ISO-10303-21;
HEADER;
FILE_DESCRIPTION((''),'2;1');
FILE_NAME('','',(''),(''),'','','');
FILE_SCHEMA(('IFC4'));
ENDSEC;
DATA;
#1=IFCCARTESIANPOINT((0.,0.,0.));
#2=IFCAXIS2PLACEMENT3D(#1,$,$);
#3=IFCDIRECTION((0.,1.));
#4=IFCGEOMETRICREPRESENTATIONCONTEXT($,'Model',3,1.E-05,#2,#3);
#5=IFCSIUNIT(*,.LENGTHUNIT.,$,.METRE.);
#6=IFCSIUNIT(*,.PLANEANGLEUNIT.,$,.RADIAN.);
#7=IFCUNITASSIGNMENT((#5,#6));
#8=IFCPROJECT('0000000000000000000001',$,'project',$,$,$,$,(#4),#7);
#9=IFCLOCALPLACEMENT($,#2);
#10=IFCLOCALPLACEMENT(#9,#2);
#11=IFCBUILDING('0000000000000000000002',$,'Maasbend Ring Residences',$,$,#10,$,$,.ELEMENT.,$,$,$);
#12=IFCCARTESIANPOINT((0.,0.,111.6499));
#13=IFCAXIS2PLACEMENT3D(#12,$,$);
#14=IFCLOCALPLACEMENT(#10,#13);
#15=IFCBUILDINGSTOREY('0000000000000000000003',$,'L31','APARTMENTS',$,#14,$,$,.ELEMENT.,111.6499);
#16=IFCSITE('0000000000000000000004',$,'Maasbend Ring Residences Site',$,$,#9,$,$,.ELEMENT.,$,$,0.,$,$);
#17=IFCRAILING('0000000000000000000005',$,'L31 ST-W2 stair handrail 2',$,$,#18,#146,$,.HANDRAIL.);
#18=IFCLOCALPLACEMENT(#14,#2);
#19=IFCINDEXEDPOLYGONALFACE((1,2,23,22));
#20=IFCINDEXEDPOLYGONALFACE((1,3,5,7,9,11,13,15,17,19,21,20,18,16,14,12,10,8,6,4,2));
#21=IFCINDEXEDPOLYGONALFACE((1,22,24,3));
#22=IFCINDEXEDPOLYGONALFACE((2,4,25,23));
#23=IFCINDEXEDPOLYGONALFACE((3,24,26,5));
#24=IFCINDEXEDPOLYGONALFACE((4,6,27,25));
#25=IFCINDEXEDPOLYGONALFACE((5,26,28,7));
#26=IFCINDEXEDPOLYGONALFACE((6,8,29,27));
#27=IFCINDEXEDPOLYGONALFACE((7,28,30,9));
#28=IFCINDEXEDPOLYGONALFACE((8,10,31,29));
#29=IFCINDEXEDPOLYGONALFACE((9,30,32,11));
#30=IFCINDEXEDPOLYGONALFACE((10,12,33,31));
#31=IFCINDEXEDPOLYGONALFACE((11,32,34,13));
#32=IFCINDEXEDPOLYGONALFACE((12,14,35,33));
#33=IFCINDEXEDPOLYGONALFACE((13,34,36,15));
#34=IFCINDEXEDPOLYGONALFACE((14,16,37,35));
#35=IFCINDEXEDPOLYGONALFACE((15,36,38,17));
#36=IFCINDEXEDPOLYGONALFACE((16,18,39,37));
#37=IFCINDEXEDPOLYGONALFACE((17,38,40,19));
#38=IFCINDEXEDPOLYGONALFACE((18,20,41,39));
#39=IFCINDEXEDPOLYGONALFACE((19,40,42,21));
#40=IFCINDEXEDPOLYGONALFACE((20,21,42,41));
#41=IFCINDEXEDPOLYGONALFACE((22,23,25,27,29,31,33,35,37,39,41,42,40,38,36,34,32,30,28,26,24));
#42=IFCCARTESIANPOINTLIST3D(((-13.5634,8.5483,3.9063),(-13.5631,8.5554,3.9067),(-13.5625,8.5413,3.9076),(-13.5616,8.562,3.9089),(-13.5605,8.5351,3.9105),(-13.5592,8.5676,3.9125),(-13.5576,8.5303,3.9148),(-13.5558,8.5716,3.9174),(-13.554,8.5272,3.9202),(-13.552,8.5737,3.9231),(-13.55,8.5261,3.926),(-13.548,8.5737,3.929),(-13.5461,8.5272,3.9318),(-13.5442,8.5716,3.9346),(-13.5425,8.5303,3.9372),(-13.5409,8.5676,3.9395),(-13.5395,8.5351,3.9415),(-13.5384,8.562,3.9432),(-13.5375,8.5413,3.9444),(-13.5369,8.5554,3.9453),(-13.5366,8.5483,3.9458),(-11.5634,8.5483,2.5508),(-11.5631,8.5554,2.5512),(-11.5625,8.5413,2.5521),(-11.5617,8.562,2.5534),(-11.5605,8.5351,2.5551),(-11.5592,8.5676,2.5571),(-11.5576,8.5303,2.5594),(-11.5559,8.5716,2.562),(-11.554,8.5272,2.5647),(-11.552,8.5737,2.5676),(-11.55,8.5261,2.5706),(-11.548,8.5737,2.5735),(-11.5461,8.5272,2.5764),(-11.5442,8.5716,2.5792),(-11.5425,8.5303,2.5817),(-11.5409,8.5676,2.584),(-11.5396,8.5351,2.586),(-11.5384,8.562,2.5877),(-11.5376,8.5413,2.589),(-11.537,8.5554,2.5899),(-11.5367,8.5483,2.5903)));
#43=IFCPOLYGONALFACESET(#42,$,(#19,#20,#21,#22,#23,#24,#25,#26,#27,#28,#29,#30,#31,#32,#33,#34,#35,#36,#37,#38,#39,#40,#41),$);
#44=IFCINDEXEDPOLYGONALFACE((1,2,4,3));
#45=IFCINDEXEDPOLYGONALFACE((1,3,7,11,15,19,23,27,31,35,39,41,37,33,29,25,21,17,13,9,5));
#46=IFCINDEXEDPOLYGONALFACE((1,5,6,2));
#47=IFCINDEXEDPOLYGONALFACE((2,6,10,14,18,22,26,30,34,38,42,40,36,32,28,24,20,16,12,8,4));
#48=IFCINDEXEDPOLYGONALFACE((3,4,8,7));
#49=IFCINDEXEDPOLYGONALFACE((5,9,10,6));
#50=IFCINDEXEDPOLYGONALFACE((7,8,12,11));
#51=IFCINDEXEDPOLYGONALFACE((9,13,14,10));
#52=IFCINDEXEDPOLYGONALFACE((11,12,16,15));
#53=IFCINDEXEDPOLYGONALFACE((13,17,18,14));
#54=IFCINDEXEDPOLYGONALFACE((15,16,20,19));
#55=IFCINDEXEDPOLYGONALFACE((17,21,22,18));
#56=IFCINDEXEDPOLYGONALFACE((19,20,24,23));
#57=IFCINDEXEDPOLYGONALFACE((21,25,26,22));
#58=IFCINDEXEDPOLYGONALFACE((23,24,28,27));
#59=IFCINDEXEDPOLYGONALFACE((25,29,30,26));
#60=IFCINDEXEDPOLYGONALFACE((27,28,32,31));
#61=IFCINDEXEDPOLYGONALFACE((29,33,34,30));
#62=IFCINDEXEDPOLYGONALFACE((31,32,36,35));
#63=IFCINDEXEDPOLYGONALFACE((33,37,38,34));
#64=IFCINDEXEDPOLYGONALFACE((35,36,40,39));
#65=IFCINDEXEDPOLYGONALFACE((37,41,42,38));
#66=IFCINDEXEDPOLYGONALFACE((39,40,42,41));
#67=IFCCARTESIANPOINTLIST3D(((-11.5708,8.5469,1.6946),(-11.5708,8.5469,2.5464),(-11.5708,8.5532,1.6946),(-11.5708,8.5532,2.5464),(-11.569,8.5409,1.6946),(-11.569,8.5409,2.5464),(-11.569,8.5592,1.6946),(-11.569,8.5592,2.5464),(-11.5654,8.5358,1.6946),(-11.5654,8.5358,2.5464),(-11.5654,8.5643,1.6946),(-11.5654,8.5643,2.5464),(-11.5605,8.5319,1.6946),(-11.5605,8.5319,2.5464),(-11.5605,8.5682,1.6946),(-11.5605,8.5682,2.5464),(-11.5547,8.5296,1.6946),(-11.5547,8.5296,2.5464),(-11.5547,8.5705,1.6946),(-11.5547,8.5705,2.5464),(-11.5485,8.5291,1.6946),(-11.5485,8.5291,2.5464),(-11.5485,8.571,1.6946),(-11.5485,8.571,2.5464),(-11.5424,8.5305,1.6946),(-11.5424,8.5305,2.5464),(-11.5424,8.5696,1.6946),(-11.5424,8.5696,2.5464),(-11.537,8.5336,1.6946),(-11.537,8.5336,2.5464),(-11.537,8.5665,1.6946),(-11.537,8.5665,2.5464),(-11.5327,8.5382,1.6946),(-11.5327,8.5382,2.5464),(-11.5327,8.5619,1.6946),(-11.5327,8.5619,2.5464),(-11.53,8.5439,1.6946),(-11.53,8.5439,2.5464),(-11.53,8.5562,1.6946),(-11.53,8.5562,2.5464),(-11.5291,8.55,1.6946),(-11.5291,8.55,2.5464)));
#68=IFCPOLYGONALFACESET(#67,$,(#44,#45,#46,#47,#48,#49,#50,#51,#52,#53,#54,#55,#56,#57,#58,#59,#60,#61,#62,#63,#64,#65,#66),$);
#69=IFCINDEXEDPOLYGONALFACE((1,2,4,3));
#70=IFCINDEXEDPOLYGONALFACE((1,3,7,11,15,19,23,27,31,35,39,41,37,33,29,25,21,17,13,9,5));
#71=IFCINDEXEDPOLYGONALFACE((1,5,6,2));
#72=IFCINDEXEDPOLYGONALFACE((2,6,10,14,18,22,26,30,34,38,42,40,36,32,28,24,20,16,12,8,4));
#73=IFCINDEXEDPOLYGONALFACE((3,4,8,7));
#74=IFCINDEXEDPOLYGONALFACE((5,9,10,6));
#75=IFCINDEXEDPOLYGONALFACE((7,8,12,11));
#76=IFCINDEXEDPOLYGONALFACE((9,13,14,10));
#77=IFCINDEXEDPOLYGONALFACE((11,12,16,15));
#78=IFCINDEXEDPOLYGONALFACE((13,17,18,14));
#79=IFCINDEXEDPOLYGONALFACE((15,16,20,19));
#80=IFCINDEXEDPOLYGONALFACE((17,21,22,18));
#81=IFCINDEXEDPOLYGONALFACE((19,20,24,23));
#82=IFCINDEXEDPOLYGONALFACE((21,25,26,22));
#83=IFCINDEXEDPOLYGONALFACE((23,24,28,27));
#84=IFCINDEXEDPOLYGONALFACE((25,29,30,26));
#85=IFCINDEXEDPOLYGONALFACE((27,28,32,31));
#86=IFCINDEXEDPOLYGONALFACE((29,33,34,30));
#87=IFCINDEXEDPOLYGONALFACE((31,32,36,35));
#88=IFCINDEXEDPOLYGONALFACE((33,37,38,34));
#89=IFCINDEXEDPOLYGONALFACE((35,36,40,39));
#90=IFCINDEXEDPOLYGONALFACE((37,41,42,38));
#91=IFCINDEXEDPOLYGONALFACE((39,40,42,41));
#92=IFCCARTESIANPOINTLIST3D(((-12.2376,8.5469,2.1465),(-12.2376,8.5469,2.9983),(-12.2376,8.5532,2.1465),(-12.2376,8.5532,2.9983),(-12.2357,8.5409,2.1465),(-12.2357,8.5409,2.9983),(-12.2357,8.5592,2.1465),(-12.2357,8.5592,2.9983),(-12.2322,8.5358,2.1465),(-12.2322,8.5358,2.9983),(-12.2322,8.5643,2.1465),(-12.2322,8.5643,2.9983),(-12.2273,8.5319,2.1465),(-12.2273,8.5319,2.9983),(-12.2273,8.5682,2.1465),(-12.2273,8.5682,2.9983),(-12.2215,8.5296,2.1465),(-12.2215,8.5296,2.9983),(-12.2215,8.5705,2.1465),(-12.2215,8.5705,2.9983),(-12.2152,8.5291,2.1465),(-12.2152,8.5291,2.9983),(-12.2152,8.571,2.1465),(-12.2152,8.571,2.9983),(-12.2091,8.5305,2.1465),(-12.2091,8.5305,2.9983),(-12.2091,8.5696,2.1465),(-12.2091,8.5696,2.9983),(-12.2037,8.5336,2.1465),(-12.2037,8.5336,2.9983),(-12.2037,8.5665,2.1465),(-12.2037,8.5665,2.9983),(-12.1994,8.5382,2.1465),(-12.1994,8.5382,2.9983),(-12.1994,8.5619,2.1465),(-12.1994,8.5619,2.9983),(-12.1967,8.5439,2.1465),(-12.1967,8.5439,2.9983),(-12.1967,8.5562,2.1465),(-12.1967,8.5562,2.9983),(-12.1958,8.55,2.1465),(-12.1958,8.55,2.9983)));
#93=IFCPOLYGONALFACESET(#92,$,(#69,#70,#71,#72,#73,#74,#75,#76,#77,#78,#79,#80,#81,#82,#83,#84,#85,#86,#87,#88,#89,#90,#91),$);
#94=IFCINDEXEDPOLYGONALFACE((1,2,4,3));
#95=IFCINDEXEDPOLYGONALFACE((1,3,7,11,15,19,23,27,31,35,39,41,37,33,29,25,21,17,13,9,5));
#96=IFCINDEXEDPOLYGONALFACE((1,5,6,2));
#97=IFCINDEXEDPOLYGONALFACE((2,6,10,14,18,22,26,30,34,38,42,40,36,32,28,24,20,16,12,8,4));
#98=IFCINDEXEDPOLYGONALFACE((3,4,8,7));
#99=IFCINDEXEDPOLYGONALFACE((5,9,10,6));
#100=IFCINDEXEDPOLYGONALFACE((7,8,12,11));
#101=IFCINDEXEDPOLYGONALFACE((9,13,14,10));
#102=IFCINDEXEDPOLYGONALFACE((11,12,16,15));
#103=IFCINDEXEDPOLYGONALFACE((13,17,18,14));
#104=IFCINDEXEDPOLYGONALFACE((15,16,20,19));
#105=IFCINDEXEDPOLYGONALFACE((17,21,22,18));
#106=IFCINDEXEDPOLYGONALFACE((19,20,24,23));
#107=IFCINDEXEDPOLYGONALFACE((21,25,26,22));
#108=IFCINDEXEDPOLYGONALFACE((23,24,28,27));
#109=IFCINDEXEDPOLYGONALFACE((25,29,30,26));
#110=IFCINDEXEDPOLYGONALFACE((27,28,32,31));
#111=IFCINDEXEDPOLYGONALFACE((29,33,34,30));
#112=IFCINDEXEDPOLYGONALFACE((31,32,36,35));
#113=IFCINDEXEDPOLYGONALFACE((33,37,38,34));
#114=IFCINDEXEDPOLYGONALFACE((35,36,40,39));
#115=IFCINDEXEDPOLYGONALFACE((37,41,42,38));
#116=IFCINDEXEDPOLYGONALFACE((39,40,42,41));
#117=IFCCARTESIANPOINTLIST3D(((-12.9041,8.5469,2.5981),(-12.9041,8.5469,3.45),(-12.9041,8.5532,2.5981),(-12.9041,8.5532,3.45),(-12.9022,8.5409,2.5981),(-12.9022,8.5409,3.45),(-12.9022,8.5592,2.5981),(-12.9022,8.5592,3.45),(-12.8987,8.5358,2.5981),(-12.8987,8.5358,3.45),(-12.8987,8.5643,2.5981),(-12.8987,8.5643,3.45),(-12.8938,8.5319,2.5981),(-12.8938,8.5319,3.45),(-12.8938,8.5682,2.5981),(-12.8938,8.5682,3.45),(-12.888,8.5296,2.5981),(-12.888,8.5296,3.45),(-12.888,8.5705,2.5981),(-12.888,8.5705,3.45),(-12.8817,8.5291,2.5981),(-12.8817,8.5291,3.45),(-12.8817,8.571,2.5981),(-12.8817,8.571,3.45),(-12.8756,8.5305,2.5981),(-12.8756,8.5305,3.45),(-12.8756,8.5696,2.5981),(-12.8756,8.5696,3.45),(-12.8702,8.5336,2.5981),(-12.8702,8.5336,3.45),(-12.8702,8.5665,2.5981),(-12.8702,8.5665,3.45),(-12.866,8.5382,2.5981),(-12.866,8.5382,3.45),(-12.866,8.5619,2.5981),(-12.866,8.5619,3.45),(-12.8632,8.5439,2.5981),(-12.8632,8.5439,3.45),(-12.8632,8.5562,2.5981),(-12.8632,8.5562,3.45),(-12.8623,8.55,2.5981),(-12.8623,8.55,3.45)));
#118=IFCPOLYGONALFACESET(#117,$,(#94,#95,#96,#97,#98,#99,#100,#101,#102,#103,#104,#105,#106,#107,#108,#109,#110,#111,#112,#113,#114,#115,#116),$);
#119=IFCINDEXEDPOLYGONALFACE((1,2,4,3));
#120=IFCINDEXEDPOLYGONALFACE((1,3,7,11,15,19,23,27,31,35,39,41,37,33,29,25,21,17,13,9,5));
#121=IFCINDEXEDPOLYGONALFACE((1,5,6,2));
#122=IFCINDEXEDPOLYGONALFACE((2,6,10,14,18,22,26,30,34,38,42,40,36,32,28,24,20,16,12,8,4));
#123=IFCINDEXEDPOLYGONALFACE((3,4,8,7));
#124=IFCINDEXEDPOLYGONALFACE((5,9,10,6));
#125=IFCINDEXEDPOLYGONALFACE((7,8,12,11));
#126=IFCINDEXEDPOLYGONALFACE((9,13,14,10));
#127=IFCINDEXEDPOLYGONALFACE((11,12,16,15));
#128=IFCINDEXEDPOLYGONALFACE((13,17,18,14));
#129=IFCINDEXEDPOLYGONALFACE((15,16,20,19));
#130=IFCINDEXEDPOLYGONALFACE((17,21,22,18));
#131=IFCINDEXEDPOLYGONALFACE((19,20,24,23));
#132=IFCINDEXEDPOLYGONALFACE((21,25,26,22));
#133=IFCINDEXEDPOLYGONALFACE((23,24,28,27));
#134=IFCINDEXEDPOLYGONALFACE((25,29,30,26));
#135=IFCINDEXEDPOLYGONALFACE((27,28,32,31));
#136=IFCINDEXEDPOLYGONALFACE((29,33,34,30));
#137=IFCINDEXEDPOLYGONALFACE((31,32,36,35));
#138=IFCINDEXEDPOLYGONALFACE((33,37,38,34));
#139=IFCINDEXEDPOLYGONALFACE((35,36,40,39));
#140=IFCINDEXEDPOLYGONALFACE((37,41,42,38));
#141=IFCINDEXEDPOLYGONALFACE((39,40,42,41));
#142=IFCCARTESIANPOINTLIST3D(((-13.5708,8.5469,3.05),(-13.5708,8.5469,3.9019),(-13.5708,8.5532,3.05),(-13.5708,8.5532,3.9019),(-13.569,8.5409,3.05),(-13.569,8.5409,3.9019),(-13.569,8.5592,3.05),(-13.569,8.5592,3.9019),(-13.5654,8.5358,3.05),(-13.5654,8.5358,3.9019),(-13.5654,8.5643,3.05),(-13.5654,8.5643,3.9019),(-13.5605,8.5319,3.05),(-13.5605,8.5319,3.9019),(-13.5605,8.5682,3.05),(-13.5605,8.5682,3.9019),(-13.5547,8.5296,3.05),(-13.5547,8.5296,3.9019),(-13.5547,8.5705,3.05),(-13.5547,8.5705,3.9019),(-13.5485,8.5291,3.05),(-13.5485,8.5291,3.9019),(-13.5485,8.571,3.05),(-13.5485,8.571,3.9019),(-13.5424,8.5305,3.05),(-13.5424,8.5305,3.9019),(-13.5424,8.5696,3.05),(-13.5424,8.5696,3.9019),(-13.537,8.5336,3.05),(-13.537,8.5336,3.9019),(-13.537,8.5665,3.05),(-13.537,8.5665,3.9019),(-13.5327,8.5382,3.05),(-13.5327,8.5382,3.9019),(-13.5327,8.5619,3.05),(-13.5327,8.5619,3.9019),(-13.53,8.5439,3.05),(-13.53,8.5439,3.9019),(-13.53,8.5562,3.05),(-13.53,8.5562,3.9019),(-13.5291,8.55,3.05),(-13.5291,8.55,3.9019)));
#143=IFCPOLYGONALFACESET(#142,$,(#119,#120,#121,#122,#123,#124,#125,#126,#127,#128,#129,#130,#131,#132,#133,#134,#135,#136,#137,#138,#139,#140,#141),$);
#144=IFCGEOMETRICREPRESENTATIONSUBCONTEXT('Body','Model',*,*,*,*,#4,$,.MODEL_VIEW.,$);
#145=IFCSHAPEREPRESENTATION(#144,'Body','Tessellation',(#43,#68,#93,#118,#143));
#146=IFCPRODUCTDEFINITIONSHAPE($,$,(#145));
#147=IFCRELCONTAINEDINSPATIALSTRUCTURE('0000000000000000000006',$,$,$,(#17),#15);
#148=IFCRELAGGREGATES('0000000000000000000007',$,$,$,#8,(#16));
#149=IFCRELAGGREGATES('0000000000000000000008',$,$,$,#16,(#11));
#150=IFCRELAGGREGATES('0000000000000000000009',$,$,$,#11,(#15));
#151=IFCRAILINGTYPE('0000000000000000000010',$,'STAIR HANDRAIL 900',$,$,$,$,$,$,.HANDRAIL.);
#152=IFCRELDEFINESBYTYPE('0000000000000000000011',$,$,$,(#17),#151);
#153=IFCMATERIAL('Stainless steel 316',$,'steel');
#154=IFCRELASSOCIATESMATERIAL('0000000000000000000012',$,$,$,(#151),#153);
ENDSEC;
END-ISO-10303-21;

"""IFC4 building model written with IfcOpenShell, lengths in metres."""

from ifc_helpers import new_model, si_unit, direction, frame, origin, origin_2d, place, context, subcontext, project, spatial, circle, extrude, material, type_object, element, save


model = new_model("IFC4")

# Units and contexts
model_context = context("Model", 3, precision=1e-05, world=origin(), true_north=direction((0.0, 1.0)))
body_context = subcontext(model_context, "Body", "Model", "MODEL_VIEW")
ifc_project = project(units=[si_unit("LENGTHUNIT", "METRE"), si_unit("PLANEANGLEUNIT", "RADIAN")], contexts=[model_context])

# Site, building, storey
site_placement = place(None, origin())
site = spatial("IfcSite", under=ifc_project, at=site_placement, Name="Maasbend Ring Residences Site", CompositionType="ELEMENT", RefElevation=0.0)
building_placement = place(site_placement, origin())
building = spatial("IfcBuilding", under=site, at=building_placement, Name="Maasbend Ring Residences", CompositionType="ELEMENT")
storey_placement = place(building_placement, frame((0.0, 0.0, 111.6499)))
storey = spatial("IfcBuildingStorey", under=building, at=storey_placement, Name="L31", Description="APARTMENTS", CompositionType="ELEMENT", Elevation=111.6499)

# Railing
ifc_material_1 = material(Name="Stainless steel 316", Category="steel")
railing_type_1 = type_object("IfcRailingType", Name="STAIR HANDRAIL 900", PredefinedType="HANDRAIL", material=ifc_material_1)
railing_1_placement = place(storey_placement, frame((-11.55, 8.55, 1.6946)))
element("IfcRailing", 1, at=railing_1_placement, inside=storey, type_object=railing_type_1, Name="L31 ST-W2 stair handrail 2", PredefinedType="HANDRAIL", context=body_context, shape_type="SweptSolid", body=[
    extrude(circle(Radius=0.0239, at=origin_2d()), frame((0.0, 0.0, 0.876), z_axis=(-0.827798, 0.0, 0.561027), x_axis=(0.0, -1.0, 0.0)), (0.0, 0.0, 1.0), 2.416),
    extrude(circle(Radius=0.021, at=origin_2d()), origin(), (0.0, 0.0, 1.0), 0.8518),
    extrude(circle(Radius=0.021, at=origin_2d()), frame((-0.6667, 0.0, 0.4519)), (0.0, 0.0, 1.0), 0.8518),
    extrude(circle(Radius=0.021, at=origin_2d()), frame((-1.3333, 0.0, 0.9036)), (0.0, 0.0, 1.0), 0.8518),
    extrude(circle(Radius=0.021, at=origin_2d()), frame((-2.0, 0.0, 1.3555)), (0.0, 0.0, 1.0), 0.8518),
])

save(model, "model.ifc")
